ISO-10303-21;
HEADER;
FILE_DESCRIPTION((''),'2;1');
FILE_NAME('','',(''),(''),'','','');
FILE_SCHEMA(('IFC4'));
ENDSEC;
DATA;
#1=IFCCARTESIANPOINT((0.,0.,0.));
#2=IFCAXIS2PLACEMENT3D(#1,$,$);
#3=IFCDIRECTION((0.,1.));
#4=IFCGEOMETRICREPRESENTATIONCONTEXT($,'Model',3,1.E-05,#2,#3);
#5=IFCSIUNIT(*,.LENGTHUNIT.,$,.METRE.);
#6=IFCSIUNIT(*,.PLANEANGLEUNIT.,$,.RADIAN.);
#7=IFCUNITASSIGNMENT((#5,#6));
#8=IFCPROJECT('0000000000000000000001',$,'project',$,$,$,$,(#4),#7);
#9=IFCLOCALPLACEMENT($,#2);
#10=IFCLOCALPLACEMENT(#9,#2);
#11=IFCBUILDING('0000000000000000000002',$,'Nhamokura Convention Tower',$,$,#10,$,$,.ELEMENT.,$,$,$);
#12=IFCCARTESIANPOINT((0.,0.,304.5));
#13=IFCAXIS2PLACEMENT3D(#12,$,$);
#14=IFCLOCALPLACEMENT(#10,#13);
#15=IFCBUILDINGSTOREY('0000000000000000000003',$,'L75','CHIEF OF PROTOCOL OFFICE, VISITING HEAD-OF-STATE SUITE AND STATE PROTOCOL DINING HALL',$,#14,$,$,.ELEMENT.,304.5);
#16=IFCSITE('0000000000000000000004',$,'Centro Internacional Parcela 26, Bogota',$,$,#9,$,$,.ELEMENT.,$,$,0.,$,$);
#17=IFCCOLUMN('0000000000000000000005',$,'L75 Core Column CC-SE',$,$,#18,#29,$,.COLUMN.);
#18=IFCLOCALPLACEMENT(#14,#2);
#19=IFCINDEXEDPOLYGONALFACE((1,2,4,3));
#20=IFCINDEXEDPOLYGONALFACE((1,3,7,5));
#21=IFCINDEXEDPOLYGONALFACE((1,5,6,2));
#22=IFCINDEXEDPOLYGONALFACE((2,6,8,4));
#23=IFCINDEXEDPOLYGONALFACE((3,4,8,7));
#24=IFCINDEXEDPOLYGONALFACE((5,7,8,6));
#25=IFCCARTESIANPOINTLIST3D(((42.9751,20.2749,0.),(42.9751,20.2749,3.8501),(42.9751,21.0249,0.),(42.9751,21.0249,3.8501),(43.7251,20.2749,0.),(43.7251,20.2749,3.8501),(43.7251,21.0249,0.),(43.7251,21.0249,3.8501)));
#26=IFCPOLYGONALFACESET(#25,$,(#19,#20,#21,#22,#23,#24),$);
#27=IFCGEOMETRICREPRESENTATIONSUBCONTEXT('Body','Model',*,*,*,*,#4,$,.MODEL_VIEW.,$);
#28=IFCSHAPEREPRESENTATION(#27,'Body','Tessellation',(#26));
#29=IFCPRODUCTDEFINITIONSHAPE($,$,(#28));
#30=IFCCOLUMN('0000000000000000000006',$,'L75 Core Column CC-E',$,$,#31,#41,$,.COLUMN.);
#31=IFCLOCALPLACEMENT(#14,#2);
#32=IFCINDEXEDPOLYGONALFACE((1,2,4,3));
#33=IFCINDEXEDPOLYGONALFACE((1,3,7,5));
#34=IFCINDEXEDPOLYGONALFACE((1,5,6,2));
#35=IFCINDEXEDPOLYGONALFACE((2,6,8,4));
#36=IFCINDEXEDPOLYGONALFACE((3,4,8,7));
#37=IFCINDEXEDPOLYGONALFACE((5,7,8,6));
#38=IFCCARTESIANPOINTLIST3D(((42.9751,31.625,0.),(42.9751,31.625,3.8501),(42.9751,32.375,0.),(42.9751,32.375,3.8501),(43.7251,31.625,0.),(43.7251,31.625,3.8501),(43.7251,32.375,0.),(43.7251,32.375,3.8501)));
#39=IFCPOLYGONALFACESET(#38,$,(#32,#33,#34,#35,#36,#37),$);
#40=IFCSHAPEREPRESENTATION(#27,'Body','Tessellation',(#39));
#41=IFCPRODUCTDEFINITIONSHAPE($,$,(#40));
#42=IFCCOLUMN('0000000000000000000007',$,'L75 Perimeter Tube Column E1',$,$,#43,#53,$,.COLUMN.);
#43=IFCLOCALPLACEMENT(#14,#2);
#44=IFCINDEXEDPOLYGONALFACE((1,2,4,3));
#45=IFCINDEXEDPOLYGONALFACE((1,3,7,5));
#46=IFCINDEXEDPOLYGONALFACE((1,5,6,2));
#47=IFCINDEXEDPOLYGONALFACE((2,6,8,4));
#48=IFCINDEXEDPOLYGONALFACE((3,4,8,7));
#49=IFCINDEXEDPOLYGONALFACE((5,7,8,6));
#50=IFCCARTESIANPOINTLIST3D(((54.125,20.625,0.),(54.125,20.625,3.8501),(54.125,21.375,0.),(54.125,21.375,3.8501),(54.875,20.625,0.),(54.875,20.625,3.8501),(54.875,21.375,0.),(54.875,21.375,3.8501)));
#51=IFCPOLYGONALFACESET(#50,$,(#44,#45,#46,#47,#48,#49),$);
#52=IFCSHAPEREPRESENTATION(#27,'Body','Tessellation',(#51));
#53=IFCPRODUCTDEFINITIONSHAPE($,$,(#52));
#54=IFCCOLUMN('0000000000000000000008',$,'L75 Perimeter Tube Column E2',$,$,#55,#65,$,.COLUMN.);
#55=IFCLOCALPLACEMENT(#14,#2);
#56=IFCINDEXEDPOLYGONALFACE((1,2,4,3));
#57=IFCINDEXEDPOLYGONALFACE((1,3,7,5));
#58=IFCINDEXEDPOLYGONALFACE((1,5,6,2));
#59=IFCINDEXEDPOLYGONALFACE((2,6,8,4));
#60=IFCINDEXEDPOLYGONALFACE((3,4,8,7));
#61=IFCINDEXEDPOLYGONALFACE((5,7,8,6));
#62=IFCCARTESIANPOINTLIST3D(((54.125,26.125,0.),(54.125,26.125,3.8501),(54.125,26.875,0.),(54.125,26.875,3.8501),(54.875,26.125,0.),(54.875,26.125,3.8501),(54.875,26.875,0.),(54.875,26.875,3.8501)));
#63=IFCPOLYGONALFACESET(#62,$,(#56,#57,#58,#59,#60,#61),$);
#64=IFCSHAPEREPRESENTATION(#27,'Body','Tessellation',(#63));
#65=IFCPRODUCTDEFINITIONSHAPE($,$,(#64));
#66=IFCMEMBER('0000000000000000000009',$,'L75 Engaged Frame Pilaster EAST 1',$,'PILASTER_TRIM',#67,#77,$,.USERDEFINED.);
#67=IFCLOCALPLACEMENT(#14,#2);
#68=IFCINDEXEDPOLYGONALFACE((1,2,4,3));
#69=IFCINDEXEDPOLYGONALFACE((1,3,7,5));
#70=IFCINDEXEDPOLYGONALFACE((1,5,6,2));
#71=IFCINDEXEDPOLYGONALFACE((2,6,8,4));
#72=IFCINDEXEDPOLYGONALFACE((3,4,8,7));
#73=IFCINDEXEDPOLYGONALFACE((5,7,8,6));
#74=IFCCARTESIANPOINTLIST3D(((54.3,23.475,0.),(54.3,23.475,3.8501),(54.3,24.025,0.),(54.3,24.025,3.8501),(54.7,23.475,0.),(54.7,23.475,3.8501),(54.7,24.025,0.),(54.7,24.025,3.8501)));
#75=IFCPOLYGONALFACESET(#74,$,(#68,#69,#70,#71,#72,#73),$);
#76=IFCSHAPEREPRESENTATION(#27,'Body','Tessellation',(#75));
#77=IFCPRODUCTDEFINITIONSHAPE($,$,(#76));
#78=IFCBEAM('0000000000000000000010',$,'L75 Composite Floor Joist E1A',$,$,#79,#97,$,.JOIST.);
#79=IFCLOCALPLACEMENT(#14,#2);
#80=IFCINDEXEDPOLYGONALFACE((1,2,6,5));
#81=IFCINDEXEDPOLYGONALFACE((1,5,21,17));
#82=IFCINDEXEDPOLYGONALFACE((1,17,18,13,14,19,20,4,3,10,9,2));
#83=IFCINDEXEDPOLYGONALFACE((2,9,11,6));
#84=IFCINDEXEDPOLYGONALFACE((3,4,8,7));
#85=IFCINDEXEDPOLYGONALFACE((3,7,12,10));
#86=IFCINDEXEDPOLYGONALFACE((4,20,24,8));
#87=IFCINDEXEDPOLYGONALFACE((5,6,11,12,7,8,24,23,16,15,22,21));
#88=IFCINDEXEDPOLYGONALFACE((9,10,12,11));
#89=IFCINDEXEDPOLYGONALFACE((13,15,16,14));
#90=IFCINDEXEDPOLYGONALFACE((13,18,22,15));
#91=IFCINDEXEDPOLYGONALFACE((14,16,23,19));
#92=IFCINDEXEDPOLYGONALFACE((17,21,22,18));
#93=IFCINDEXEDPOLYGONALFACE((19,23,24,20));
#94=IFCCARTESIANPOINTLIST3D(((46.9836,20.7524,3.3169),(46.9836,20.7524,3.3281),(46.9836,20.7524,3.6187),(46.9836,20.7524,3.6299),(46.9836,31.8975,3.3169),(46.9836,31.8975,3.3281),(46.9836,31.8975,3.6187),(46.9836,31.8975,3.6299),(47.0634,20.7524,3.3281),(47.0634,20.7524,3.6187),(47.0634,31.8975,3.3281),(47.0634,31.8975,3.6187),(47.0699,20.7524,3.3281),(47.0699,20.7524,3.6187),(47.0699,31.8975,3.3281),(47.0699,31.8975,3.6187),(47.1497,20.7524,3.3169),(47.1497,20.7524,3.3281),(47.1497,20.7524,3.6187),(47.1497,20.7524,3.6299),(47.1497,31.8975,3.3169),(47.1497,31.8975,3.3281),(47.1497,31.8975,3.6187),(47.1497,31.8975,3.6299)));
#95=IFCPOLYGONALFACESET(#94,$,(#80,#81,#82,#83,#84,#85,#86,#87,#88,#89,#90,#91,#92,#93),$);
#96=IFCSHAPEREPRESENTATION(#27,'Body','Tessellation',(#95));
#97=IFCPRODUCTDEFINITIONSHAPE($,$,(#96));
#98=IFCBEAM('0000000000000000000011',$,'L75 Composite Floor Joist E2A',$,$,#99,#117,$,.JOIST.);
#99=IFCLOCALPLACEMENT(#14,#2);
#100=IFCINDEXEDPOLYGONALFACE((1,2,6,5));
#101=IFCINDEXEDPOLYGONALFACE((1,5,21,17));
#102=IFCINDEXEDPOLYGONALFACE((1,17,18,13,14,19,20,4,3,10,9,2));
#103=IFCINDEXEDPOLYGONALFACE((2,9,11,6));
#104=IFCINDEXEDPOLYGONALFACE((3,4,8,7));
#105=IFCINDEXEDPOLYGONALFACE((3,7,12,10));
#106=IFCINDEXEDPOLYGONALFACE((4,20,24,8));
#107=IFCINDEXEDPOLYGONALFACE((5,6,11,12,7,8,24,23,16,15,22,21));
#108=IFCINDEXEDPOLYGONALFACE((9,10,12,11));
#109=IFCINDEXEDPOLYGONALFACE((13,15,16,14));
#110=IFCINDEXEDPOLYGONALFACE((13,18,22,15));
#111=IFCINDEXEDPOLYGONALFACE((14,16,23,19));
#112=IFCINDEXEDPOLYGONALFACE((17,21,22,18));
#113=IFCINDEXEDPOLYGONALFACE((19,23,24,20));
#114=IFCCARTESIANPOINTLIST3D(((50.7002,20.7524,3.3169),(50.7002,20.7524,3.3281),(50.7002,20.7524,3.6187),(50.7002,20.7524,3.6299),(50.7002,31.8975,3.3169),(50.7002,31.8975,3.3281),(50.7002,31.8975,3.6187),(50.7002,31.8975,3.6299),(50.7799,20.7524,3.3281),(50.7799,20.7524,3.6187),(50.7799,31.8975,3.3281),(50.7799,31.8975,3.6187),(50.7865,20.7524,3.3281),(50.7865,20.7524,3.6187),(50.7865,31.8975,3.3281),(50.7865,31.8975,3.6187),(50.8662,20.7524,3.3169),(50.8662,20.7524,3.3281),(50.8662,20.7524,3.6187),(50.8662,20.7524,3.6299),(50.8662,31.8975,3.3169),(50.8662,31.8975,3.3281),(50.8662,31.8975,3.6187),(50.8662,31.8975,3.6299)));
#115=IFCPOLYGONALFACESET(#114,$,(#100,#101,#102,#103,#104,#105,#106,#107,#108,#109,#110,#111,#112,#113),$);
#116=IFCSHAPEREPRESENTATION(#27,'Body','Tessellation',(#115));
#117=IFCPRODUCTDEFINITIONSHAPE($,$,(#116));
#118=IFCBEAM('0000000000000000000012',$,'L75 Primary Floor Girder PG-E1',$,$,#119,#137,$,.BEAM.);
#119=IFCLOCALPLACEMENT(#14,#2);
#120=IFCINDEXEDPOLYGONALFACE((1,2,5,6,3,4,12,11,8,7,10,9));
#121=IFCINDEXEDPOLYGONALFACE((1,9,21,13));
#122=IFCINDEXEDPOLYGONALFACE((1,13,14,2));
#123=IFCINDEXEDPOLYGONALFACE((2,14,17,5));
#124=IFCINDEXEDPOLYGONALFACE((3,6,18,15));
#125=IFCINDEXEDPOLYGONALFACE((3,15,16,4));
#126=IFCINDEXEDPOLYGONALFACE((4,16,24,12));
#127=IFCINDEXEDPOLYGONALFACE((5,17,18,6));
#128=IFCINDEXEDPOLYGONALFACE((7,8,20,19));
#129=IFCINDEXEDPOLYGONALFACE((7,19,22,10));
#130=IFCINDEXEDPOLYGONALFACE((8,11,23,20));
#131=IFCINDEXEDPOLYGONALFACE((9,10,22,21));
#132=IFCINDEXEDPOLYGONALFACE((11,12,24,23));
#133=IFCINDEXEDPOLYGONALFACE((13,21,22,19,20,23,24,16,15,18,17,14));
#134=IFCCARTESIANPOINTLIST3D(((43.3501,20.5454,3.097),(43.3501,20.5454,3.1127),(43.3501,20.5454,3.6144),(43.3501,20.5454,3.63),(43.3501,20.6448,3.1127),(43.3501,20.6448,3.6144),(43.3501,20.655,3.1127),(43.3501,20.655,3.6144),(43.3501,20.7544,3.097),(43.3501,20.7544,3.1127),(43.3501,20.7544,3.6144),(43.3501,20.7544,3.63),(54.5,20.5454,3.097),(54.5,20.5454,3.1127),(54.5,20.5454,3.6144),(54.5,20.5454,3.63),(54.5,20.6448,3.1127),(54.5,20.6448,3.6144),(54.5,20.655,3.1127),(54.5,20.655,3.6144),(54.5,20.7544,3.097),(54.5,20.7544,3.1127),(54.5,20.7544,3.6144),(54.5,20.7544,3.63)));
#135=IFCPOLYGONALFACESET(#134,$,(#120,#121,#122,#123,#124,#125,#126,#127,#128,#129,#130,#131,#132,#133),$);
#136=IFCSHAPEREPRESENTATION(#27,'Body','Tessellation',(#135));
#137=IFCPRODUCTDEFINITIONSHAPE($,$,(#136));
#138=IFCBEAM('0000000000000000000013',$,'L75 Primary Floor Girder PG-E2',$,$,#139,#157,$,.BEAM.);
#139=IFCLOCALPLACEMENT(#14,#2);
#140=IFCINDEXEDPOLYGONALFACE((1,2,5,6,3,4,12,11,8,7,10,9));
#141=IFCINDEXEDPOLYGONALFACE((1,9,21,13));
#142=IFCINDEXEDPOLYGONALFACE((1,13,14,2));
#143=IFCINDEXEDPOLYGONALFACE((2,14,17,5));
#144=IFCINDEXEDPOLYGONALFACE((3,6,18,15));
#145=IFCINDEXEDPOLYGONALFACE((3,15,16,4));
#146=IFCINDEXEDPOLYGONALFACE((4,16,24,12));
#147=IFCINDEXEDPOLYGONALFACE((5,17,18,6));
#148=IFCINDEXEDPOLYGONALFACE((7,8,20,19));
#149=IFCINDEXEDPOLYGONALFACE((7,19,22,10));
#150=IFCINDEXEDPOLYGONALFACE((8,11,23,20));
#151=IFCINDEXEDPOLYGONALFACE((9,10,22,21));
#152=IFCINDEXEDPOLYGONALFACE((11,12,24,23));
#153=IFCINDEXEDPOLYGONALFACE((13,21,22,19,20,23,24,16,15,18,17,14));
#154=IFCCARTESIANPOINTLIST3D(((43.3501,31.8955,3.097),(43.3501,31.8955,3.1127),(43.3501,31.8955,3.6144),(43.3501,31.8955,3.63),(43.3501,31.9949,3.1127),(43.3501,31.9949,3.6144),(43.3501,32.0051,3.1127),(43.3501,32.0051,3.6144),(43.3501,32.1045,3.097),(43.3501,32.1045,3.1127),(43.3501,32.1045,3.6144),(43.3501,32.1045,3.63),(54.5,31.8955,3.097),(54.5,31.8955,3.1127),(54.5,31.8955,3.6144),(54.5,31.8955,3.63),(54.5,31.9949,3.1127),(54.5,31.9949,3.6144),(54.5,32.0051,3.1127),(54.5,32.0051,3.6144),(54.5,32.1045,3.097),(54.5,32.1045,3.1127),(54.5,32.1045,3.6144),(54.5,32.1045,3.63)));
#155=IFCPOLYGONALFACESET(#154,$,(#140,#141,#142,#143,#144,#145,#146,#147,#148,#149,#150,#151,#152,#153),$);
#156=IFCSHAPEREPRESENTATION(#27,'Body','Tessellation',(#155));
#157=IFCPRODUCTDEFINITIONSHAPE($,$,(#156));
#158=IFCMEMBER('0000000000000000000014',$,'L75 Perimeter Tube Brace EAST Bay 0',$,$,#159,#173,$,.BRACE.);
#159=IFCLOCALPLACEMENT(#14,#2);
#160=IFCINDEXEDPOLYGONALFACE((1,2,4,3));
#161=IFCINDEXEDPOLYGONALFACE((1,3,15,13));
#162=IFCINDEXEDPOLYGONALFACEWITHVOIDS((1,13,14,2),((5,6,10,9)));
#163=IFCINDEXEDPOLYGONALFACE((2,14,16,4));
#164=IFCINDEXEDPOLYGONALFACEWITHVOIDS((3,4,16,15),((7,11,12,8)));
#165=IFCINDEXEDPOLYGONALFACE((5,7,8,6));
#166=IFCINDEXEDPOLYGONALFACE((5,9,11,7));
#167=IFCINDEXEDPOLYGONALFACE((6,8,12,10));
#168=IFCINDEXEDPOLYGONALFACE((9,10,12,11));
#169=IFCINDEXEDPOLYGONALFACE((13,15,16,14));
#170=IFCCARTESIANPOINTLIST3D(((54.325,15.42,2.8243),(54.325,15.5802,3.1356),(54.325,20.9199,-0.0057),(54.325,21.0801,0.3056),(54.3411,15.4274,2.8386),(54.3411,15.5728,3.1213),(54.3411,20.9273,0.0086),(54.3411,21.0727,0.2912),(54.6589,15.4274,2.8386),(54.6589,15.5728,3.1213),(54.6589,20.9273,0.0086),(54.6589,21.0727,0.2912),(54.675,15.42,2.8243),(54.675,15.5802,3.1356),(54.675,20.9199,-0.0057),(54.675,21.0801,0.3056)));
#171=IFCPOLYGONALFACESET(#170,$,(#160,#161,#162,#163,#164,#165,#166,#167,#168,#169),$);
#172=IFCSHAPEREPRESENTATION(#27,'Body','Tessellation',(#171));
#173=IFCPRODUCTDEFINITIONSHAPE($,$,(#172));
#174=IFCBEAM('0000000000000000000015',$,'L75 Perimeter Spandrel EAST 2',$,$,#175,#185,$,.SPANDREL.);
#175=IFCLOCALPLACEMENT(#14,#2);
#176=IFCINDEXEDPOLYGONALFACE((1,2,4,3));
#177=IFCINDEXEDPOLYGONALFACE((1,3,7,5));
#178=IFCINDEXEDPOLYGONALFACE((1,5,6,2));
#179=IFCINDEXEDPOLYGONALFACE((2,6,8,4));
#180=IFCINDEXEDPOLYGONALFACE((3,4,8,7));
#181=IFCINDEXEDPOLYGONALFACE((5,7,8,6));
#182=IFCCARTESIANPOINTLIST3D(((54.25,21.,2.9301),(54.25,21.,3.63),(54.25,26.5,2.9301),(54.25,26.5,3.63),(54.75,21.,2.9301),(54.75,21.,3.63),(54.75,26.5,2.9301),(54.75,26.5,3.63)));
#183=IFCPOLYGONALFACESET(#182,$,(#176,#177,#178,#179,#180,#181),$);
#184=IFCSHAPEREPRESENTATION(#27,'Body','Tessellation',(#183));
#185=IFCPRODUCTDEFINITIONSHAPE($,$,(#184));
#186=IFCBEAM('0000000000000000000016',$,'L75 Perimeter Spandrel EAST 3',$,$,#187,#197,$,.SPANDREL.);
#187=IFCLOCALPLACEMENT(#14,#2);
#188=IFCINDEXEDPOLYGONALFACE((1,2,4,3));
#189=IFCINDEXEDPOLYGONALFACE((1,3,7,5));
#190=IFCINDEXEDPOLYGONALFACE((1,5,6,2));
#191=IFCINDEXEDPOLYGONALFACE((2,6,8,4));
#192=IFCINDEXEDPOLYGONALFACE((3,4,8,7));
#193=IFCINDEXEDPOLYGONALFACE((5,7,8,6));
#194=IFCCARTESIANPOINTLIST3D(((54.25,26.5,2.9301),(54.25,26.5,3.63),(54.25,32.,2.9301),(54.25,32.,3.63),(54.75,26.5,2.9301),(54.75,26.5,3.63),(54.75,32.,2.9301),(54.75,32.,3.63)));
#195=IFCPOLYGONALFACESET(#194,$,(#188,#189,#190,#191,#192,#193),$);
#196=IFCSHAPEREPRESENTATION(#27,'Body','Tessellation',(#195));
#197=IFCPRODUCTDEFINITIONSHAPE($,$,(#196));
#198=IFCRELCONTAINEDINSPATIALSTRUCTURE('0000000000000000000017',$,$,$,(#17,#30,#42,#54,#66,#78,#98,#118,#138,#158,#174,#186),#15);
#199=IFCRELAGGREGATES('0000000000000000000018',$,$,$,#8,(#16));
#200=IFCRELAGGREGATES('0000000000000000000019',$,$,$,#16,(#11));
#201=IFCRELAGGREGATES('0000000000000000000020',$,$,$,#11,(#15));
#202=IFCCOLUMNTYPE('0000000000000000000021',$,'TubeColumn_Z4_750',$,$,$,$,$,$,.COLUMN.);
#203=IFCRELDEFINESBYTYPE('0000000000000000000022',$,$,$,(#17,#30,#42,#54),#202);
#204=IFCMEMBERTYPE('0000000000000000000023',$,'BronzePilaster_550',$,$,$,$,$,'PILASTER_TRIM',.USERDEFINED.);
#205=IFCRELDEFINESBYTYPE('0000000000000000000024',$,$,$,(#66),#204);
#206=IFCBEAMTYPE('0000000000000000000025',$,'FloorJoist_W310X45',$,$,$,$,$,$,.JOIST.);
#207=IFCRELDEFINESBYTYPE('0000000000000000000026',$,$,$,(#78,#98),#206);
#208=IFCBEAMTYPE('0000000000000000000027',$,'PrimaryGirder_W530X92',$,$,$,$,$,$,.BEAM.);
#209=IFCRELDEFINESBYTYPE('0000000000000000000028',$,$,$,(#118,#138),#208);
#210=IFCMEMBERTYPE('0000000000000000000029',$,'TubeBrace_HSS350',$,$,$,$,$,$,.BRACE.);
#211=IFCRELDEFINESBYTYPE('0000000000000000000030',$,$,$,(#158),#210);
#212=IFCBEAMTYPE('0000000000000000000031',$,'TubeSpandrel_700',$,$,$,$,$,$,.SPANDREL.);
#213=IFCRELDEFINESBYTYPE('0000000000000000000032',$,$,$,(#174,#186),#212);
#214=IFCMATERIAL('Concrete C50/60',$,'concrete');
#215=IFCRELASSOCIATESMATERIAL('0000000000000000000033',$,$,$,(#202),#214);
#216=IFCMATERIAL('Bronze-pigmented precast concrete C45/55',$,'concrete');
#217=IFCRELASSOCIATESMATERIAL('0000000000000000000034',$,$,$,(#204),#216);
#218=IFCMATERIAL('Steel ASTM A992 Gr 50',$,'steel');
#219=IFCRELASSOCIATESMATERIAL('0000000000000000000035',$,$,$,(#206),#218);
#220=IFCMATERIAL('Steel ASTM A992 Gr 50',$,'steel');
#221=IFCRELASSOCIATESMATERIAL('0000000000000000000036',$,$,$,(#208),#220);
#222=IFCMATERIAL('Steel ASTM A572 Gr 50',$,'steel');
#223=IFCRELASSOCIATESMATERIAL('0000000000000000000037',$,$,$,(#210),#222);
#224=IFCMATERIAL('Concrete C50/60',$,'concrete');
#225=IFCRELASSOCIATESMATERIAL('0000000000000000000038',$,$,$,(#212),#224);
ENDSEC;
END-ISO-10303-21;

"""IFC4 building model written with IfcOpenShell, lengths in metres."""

from ifc_helpers import new_model, si_unit, direction, frame, origin, origin_2d, place, context, subcontext, project, spatial, rectangle, hollow_rectangle, i_section, extrude, material, material_profile, profile_set, type_object, element, save


model = new_model("IFC4")

# Units and contexts
model_context = context("Model", 3, precision=1e-05, world=origin(), true_north=direction((0.0, 1.0)))
body_context = subcontext(model_context, "Body", "Model", "MODEL_VIEW")
ifc_project = project(units=[si_unit("LENGTHUNIT", "METRE"), si_unit("PLANEANGLEUNIT", "RADIAN")], contexts=[model_context])

# Site, building, storey
site_placement = place(None, origin())
site = spatial("IfcSite", under=ifc_project, at=site_placement, Name="Centro Internacional Parcela 26, Bogota", CompositionType="ELEMENT", RefElevation=0.0)
building_placement = place(site_placement, origin())
building = spatial("IfcBuilding", under=site, at=building_placement, Name="Nhamokura Convention Tower", CompositionType="ELEMENT")
storey_placement = place(building_placement, frame((0.0, 0.0, 304.5)))
storey = spatial("IfcBuildingStorey", under=building, at=storey_placement, Name="L75", Description="CHIEF OF PROTOCOL OFFICE, VISITING HEAD-OF-STATE SUITE AND STATE PROTOCOL DINING HALL", CompositionType="ELEMENT", Elevation=304.5)

# Columns
ifc_material_1 = material(Name="Concrete C50/60", Category="concrete")
ifc_material_profile_1 = material_profile(ifc_material_1, rectangle(XDim=0.75, YDim=0.75, at=origin_2d()))
ifc_profile_set_1 = profile_set([ifc_material_profile_1], Name="Concrete C50/60")
column_type = type_object("IfcColumnType", Name="TubeColumn_Z4_750", PredefinedType="COLUMN", material=ifc_profile_set_1)
for number, where, z_axis, x_axis, name in (
    (1, (43.3501, 20.6499, 0.0), (0.0, 0.0, 1.0), (1.0, 0.0, 0.0), "L75 Core Column CC-SE"),
    (2, (43.3501, 32.0, 0.0), (0.0, 0.0, 1.0), (1.0, 0.0, 0.0), "L75 Core Column CC-E"),
    (3, (54.5, 21.0, 0.0), (0.0, 0.0, 1.0), (1.0, 0.0, 0.0), "L75 Perimeter Tube Column E1"),
    (4, (54.5, 26.5, 0.0), (0.0, 0.0, 1.0), (1.0, 0.0, 0.0), "L75 Perimeter Tube Column E2"),
):
    element("IfcColumn", number, at=place(storey_placement, frame(where, z_axis=z_axis, x_axis=x_axis)), inside=storey, type_object=column_type, Name=name, PredefinedType="COLUMN", context=body_context, shape_type="SweptSolid", body=[
        extrude(rectangle(XDim=0.75, YDim=0.75, at=origin_2d()), origin(), (0.0, 0.0, 1.0), 3.8501),
    ])

# Member
ifc_material_2 = material(Name="Bronze-pigmented precast concrete C45/55", Category="concrete")
ifc_material_profile_2 = material_profile(ifc_material_2, rectangle(XDim=0.3999, YDim=0.55, at=origin_2d()))
ifc_profile_set_2 = profile_set([ifc_material_profile_2], Name="Bronze-pigmented precast concrete C45/55")
member_type_1 = type_object("IfcMemberType", Name="BronzePilaster_550", ElementType="PILASTER_TRIM", PredefinedType="USERDEFINED", material=ifc_profile_set_2)
member_1_placement = place(storey_placement, frame((54.5, 23.75, 0.0), z_axis=(0.0, 0.0, 1.0), x_axis=(1.0, 0.0, 0.0)))
element("IfcMember", 5, at=member_1_placement, inside=storey, type_object=member_type_1, Name="L75 Engaged Frame Pilaster EAST 1", ObjectType="PILASTER_TRIM", PredefinedType="USERDEFINED", context=body_context, shape_type="SweptSolid", body=[
    extrude(rectangle(XDim=0.3999, YDim=0.55, at=origin_2d()), origin(), (0.0, 0.0, 1.0), 3.8501),
])

# Beams
ifc_material_3 = material(Name="Steel ASTM A992 Gr 50", Category="steel")
ifc_material_profile_3 = material_profile(ifc_material_3, i_section(OverallWidth=0.166, OverallDepth=0.313, WebThickness=0.0066, FlangeThickness=0.0112, at=origin_2d()))
ifc_profile_set_3 = profile_set([ifc_material_profile_3], Name="Steel ASTM A992 Gr 50")
beam_type_1 = type_object("IfcBeamType", Name="FloorJoist_W310X45", PredefinedType="JOIST", material=ifc_profile_set_3)
for number, where, z_axis, x_axis, name in (
    (6, (47.0667, 20.7524, 3.4734), (0.0, 1.0, 0.0), (-1.0, 0.0, 0.0), "L75 Composite Floor Joist E1A"),
    (7, (50.7832, 20.7524, 3.4734), (0.0, 1.0, 0.0), (-1.0, 0.0, 0.0), "L75 Composite Floor Joist E2A"),
):
    element("IfcBeam", number, at=place(storey_placement, frame(where, z_axis=z_axis, x_axis=x_axis)), inside=storey, type_object=beam_type_1, Name=name, PredefinedType="JOIST", context=body_context, shape_type="SweptSolid", body=[
        extrude(i_section(OverallWidth=0.166, OverallDepth=0.313, WebThickness=0.0066, FlangeThickness=0.0112, at=origin_2d()), origin(), (0.0, 0.0, 1.0), 11.145),
    ])
ifc_material_4 = material(Name="Steel ASTM A992 Gr 50", Category="steel")
ifc_material_profile_4 = material_profile(ifc_material_4, i_section(OverallWidth=0.209, OverallDepth=0.533, WebThickness=0.0103, FlangeThickness=0.0156, at=origin_2d()))
ifc_profile_set_4 = profile_set([ifc_material_profile_4], Name="Steel ASTM A992 Gr 50")
beam_type_2 = type_object("IfcBeamType", Name="PrimaryGirder_W530X92", PredefinedType="BEAM", material=ifc_profile_set_4)
for number, where, z_axis, x_axis, name in (
    (8, (43.3501, 20.6499, 3.3635), (1.0, 0.0, 0.0), (0.0, 1.0, 0.0), "L75 Primary Floor Girder PG-E1"),
    (9, (43.3501, 32.0, 3.3635), (1.0, 0.0, 0.0), (0.0, 1.0, 0.0), "L75 Primary Floor Girder PG-E2"),
):
    element("IfcBeam", number, at=place(storey_placement, frame(where, z_axis=z_axis, x_axis=x_axis)), inside=storey, type_object=beam_type_2, Name=name, PredefinedType="BEAM", context=body_context, shape_type="SweptSolid", body=[
        extrude(i_section(OverallWidth=0.209, OverallDepth=0.533, WebThickness=0.0103, FlangeThickness=0.0156, at=origin_2d()), origin(), (0.0, 0.0, 1.0), 11.1499),
    ])

# Member
ifc_material_5 = material(Name="Steel ASTM A572 Gr 50", Category="steel")
ifc_material_profile_5 = material_profile(ifc_material_5, hollow_rectangle(XDim=0.3501, YDim=0.3501, WallThickness=0.0161, at=origin_2d()))
ifc_profile_set_5 = profile_set([ifc_material_profile_5], Name="Steel ASTM A572 Gr 50")
member_type_2 = type_object("IfcMemberType", Name="TubeBrace_HSS350", PredefinedType="BRACE", material=ifc_profile_set_5)
member_2_placement = place(storey_placement, frame((54.5, 21.0, 0.1499), z_axis=(0.0, -0.889189, 0.457541), x_axis=(1.0, 0.0, 0.0)))
element("IfcMember", 10, at=member_2_placement, inside=storey, type_object=member_type_2, Name="L75 Perimeter Tube Brace EAST Bay 0", PredefinedType="BRACE", context=body_context, shape_type="SweptSolid", body=[
    extrude(hollow_rectangle(XDim=0.3501, YDim=0.3501, WallThickness=0.0161, at=origin_2d()), origin(), (0.0, 0.0, 1.0), 6.1853),
])

# Beams
ifc_material_6 = material(Name="Concrete C50/60", Category="concrete")
ifc_material_profile_6 = material_profile(ifc_material_6, rectangle(XDim=0.5, YDim=0.7, at=origin_2d()))
ifc_profile_set_6 = profile_set([ifc_material_profile_6], Name="Concrete C50/60")
beam_type_3 = type_object("IfcBeamType", Name="TubeSpandrel_700", PredefinedType="SPANDREL", material=ifc_profile_set_6)
for number, where, z_axis, x_axis, name in (
    (11, (54.5, 21.0, 3.28), (0.0, 1.0, 0.0), (-1.0, 0.0, 0.0), "L75 Perimeter Spandrel EAST 2"),
    (12, (54.5, 26.5, 3.28), (0.0, 1.0, 0.0), (-1.0, 0.0, 0.0), "L75 Perimeter Spandrel EAST 3"),
):
    element("IfcBeam", number, at=place(storey_placement, frame(where, z_axis=z_axis, x_axis=x_axis)), inside=storey, type_object=beam_type_3, Name=name, PredefinedType="SPANDREL", context=body_context, shape_type="SweptSolid", body=[
        extrude(rectangle(XDim=0.5, YDim=0.7, at=origin_2d()), origin(), (0.0, 0.0, 1.0), 5.5),
    ])

save(model, "model.ifc")
